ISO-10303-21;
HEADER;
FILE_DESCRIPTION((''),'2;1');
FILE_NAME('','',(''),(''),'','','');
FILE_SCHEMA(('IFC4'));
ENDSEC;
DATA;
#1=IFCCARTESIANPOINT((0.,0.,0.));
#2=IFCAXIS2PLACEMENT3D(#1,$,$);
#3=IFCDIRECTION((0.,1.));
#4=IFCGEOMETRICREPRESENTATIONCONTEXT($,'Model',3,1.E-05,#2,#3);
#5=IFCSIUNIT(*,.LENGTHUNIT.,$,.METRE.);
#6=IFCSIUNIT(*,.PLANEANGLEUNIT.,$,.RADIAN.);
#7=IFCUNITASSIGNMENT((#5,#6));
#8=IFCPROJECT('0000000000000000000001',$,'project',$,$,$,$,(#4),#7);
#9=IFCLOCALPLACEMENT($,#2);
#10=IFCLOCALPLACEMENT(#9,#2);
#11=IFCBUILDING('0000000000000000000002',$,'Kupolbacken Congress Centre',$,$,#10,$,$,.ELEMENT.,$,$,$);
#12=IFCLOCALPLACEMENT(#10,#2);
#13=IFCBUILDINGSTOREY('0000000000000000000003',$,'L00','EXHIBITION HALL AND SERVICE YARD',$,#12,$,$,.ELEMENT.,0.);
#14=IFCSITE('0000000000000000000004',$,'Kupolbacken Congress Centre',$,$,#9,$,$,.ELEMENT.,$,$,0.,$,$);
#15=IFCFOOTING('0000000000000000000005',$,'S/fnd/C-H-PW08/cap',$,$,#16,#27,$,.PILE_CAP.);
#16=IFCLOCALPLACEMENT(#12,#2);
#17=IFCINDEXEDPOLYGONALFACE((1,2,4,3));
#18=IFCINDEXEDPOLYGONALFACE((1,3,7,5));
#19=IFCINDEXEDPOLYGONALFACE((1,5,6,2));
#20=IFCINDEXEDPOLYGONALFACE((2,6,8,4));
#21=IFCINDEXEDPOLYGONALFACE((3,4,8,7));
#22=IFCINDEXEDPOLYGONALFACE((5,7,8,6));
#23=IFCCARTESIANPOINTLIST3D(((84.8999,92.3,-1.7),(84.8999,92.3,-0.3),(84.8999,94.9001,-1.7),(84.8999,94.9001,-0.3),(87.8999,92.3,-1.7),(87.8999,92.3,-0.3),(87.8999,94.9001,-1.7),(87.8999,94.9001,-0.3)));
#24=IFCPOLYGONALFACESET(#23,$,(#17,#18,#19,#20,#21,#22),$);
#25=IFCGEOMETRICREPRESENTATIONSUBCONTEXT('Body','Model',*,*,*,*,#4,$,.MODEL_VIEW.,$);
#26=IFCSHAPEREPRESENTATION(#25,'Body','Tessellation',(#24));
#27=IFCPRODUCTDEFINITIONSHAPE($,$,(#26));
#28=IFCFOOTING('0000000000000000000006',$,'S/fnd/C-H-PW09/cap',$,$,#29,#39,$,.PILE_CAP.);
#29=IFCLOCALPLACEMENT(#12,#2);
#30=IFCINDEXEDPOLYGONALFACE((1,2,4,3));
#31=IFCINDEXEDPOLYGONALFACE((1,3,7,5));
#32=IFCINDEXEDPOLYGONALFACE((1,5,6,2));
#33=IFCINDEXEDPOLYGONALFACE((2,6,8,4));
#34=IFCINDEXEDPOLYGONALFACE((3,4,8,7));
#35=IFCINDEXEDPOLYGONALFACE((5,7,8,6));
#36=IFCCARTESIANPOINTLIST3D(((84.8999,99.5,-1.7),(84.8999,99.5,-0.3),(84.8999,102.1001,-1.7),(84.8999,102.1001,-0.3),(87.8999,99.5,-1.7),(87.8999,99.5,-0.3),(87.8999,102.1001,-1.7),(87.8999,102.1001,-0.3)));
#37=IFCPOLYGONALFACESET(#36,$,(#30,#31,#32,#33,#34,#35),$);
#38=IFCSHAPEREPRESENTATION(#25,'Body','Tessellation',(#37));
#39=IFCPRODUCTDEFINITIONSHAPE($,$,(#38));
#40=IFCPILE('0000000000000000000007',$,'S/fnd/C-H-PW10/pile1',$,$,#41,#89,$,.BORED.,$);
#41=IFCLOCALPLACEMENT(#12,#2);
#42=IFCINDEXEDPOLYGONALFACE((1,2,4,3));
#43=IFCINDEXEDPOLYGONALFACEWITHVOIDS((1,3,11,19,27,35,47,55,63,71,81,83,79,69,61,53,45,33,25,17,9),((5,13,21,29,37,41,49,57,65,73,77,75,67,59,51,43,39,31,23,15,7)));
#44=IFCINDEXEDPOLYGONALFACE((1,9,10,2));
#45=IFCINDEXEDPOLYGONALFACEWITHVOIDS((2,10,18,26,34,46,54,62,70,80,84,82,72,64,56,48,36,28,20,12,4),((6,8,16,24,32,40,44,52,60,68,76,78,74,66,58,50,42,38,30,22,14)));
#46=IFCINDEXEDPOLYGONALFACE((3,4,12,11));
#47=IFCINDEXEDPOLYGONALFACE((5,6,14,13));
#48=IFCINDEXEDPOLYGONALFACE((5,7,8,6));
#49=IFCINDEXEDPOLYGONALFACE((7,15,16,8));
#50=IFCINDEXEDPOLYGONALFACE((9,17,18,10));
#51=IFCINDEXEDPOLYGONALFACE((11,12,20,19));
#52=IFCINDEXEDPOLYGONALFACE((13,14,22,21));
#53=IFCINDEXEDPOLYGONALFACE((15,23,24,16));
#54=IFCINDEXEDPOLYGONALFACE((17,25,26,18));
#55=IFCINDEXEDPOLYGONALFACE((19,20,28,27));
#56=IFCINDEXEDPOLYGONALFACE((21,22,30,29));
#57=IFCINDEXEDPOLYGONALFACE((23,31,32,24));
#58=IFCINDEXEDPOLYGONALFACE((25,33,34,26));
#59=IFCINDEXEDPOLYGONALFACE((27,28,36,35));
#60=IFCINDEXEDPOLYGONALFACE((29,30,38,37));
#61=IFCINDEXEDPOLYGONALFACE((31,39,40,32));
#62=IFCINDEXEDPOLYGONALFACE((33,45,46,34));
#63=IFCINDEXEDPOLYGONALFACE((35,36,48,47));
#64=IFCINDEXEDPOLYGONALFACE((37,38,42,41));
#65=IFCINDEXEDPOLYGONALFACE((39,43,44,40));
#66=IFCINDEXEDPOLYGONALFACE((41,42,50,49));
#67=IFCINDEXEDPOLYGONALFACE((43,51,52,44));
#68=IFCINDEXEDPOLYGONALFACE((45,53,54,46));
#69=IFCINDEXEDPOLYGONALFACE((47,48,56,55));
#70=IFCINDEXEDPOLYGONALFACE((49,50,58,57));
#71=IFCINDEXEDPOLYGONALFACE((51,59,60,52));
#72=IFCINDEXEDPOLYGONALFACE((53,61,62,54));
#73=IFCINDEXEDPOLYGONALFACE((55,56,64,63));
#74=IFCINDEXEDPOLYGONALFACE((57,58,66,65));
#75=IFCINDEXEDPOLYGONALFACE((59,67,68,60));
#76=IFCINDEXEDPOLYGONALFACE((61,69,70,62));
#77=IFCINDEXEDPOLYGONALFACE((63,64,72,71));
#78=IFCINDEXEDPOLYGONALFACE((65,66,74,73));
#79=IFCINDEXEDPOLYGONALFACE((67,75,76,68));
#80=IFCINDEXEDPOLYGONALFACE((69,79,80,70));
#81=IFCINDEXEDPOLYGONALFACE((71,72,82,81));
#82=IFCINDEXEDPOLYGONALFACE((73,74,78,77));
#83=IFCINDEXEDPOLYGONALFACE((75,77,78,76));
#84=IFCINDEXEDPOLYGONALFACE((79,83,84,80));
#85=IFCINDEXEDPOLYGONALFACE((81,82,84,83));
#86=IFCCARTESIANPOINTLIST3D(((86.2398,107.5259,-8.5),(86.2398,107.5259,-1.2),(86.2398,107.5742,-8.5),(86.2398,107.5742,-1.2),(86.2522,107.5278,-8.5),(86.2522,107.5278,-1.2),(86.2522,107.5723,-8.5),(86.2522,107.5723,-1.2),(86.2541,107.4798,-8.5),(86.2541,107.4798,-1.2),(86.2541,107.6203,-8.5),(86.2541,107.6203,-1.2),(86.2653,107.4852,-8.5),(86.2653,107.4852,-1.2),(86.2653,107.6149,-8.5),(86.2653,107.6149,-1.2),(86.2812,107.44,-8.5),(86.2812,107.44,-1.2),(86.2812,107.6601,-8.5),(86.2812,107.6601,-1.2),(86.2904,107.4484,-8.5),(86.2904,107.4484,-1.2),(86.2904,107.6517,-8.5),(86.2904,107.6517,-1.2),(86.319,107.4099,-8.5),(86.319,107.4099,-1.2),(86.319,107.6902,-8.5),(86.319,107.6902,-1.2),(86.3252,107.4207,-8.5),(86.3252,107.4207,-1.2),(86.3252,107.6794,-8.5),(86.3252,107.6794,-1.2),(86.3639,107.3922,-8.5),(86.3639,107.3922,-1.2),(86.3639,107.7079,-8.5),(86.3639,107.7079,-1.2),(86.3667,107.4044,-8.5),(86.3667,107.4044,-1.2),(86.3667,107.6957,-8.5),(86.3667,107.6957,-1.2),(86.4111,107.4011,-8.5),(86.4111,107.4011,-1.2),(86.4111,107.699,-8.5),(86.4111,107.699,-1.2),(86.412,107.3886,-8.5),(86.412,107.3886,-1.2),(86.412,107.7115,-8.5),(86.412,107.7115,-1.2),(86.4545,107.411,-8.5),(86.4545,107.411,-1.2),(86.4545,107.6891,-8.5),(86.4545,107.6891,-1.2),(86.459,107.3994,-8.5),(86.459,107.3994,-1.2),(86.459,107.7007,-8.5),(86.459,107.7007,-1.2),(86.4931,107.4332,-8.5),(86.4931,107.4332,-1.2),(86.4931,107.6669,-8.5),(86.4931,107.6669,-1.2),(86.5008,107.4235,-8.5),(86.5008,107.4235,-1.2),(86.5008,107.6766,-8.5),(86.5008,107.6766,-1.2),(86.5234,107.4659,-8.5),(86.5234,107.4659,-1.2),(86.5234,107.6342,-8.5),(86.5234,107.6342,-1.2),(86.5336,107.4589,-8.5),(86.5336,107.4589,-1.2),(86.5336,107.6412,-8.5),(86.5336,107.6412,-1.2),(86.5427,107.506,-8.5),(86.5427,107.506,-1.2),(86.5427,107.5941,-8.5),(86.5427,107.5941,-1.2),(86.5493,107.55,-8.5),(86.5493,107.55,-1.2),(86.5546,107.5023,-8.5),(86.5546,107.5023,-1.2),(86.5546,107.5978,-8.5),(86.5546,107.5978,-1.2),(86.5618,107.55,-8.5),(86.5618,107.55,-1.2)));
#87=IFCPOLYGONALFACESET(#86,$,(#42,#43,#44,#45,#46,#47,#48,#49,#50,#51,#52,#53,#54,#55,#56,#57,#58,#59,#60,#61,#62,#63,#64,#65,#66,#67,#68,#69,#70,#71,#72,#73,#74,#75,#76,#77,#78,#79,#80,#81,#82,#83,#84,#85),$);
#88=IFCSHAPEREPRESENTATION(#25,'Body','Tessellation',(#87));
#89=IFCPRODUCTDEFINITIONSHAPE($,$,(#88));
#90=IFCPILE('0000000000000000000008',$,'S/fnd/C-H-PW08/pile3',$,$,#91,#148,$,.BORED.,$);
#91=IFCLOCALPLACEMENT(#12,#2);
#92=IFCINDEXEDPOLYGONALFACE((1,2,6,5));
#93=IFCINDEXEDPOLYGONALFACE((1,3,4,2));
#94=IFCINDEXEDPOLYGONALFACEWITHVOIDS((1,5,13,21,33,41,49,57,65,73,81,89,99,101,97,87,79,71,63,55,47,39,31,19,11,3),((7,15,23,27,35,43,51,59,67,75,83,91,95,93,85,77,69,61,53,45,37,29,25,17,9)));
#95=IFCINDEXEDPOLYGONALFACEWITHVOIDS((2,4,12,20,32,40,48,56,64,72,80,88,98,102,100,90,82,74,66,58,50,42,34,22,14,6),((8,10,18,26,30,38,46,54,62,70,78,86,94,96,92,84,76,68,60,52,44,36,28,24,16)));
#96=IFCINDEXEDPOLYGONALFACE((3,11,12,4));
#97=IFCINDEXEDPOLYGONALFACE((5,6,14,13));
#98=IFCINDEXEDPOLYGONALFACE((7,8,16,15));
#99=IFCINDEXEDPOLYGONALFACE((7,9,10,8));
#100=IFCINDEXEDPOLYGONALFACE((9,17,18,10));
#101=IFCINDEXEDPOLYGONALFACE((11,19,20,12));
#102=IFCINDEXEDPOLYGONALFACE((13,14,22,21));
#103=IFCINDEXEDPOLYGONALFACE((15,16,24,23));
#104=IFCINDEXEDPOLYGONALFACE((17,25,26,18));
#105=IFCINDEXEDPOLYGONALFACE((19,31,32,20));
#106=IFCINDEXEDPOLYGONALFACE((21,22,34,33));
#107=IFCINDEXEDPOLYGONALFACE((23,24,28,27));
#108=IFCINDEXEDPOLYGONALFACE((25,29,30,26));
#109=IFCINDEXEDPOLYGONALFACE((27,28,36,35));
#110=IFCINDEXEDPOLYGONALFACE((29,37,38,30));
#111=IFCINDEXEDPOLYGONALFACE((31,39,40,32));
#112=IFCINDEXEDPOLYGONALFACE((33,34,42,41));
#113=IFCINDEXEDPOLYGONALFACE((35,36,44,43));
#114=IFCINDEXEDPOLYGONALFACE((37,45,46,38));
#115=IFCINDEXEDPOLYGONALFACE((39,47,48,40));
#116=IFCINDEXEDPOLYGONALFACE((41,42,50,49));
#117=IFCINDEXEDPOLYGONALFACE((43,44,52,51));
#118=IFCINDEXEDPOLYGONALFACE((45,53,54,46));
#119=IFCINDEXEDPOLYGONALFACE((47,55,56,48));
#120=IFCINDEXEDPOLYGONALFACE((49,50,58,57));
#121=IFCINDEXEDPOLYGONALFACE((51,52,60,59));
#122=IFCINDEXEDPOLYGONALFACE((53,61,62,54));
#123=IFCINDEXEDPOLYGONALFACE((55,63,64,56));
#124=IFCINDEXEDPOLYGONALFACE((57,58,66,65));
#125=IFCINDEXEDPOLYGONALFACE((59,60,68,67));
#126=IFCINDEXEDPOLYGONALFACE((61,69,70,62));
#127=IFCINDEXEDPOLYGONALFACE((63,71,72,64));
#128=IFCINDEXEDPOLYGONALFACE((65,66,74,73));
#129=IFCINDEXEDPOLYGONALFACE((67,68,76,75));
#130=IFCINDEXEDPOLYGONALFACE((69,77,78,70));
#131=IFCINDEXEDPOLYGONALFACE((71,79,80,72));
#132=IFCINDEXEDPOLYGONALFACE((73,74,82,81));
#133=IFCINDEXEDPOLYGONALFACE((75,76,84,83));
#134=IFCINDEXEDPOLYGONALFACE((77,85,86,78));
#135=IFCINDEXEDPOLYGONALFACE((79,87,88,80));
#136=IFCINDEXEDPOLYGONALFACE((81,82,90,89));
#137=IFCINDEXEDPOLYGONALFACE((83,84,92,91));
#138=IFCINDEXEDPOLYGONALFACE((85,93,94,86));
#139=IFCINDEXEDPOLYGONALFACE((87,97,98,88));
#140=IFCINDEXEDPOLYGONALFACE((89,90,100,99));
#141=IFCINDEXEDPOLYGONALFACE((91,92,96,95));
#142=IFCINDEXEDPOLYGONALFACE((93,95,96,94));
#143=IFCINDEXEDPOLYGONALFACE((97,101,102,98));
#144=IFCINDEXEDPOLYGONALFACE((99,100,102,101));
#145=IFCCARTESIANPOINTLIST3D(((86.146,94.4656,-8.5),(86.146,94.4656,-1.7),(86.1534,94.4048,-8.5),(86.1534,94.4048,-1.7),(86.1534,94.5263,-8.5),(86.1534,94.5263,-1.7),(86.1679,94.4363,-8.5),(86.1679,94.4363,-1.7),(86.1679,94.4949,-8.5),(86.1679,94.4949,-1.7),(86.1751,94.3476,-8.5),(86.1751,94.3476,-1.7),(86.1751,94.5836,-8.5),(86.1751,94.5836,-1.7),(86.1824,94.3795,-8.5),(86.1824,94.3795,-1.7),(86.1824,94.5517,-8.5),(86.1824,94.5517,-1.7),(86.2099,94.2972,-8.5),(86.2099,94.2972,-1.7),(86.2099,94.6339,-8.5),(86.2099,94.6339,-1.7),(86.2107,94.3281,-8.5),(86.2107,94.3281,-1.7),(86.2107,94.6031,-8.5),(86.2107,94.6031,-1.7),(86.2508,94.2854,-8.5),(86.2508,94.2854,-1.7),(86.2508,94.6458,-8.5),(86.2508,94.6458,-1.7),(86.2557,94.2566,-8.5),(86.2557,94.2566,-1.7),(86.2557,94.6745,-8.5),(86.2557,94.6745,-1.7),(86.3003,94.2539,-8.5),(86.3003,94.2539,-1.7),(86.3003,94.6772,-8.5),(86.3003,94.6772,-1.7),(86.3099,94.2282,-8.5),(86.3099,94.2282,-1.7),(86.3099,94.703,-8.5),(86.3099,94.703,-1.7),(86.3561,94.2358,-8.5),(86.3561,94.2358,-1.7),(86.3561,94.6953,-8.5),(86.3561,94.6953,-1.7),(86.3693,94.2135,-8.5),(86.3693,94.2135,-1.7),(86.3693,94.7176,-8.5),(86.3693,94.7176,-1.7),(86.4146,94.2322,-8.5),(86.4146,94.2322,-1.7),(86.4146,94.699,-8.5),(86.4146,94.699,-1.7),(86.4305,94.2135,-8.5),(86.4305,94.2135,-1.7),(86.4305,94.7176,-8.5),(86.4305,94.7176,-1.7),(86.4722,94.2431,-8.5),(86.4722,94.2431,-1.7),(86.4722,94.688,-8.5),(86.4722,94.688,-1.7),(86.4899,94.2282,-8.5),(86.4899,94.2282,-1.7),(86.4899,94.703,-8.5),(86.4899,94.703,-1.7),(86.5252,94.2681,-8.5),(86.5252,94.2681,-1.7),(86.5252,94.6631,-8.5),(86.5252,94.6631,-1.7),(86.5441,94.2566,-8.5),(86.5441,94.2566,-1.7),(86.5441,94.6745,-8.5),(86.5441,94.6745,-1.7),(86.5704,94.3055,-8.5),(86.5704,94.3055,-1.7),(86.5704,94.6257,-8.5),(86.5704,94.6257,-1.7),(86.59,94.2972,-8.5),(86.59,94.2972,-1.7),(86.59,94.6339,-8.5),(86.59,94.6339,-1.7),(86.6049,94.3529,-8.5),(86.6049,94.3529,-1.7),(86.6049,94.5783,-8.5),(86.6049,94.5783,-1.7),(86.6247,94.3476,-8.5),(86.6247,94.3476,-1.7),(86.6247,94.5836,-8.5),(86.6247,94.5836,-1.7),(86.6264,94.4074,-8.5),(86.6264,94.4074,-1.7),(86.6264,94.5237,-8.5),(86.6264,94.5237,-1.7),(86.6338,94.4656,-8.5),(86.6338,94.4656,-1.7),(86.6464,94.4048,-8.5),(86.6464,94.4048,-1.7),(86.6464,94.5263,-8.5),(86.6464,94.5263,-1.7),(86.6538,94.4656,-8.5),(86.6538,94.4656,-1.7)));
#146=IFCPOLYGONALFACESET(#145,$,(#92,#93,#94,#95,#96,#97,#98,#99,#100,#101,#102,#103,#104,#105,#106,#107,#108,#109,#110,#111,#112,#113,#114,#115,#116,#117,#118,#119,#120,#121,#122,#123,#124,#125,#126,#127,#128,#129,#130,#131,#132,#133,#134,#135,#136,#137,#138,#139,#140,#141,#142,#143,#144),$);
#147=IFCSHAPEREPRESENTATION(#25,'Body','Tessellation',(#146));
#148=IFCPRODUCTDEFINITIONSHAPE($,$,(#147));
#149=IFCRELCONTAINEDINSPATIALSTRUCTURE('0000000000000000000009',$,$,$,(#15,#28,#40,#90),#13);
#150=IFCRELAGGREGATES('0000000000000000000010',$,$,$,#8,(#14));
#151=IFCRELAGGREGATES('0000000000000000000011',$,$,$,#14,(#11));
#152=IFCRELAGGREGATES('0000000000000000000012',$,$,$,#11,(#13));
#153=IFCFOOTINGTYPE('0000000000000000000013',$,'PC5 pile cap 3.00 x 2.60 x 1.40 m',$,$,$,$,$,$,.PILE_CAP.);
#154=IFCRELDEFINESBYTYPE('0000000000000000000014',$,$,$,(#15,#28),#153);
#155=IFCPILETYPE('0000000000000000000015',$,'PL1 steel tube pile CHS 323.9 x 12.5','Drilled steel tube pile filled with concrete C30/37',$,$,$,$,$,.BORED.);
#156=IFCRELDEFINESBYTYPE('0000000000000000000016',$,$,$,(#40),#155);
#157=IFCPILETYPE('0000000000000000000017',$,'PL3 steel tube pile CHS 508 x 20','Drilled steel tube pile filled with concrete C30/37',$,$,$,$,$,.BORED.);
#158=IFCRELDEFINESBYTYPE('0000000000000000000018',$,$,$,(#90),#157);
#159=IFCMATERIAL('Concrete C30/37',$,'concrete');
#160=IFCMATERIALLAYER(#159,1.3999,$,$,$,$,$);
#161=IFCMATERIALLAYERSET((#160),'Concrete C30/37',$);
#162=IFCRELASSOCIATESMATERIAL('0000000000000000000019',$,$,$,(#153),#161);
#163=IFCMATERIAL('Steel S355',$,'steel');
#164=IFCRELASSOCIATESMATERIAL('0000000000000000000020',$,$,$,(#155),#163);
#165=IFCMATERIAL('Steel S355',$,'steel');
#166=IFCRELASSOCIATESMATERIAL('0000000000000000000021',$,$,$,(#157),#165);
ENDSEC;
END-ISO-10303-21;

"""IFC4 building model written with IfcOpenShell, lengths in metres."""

from ifc_helpers import new_model, si_unit, direction, frame, origin, origin_2d, place, context, subcontext, project, spatial, rectangle, hollow_circle, extrude, material, layer, layer_set, material_profile, profile_set, type_object, element, save


model = new_model("IFC4")

# Units and contexts
model_context = context("Model", 3, precision=1e-05, world=origin(), true_north=direction((0.0, 1.0)))
body_context = subcontext(model_context, "Body", "Model", "MODEL_VIEW")
ifc_project = project(units=[si_unit("LENGTHUNIT", "METRE"), si_unit("PLANEANGLEUNIT", "RADIAN")], contexts=[model_context])

# Site, building, storey
site_placement = place(None, origin())
site = spatial("IfcSite", under=ifc_project, at=site_placement, Name="Kupolbacken Congress Centre", CompositionType="ELEMENT", RefElevation=0.0)
building_placement = place(site_placement, origin())
building = spatial("IfcBuilding", under=site, at=building_placement, Name="Kupolbacken Congress Centre", CompositionType="ELEMENT")
storey_placement = place(building_placement, origin())
storey = spatial("IfcBuildingStorey", under=building, at=storey_placement, Name="L00", Description="EXHIBITION HALL AND SERVICE YARD", CompositionType="ELEMENT", Elevation=0.0)

# Footings
ifc_material_1 = material(Name="Concrete C30/37", Category="concrete")
ifc_layer_1 = layer(ifc_material_1, 1.3999)
ifc_layer_set_1 = layer_set([ifc_layer_1], Name="Concrete C30/37")
footing_type_1 = type_object("IfcFootingType", Name="PC5 pile cap 3.00 x 2.60 x 1.40 m", PredefinedType="PILE_CAP", material=ifc_layer_set_1)
for number, where, z_axis, x_axis, name in (
    (1, (86.3999, 93.6001, -1.7), (0.0, 0.0, 1.0), (1.0, 0.0, 0.0), "S/fnd/C-H-PW08/cap"),
    (2, (86.3999, 100.8, -1.7), (0.0, 0.0, 1.0), (1.0, 0.0, 0.0), "S/fnd/C-H-PW09/cap"),
):
    element("IfcFooting", number, at=place(storey_placement, frame(where, z_axis=z_axis, x_axis=x_axis)), inside=storey, type_object=footing_type_1, Name=name, PredefinedType="PILE_CAP", context=body_context, shape_type="SweptSolid", body=[
        extrude(rectangle(XDim=3.0, YDim=2.6001, at=origin_2d()), origin(), (0.0, 0.0, 1.0), 1.3999),
    ])

# Piles
ifc_material_2 = material(Name="Steel S355", Category="steel")
ifc_material_profile_1 = material_profile(ifc_material_2, hollow_circle(Radius=0.1619, WallThickness=0.0125, at=origin_2d()), Name="CHS 323.9 x 12.5")
ifc_profile_set_1 = profile_set([ifc_material_profile_1], Name="Steel S355")
pile_type_1 = type_object("IfcPileType", Name="PL1 steel tube pile CHS 323.9 x 12.5", Description="Drilled steel tube pile filled with concrete C30/37", PredefinedType="BORED", material=ifc_profile_set_1)
pile_placement = place(storey_placement, frame((86.3999, 107.55, -1.2), z_axis=(0.0, 0.0, -1.0), x_axis=(1.0, 0.0, 0.0)))
element("IfcPile", 3, at=pile_placement, inside=storey, type_object=pile_type_1, Name="S/fnd/C-H-PW10/pile1", PredefinedType="BORED", context=body_context, shape_type="SweptSolid", body=[
    extrude(hollow_circle(Radius=0.1619, WallThickness=0.0125, at=origin_2d()), origin(), (0.0, 0.0, 1.0), 7.3),
])
ifc_material_3 = material(Name="Steel S355", Category="steel")
ifc_material_profile_2 = material_profile(ifc_material_3, hollow_circle(Radius=0.2539, WallThickness=0.02, at=origin_2d()), Name="CHS 508 x 20")
ifc_profile_set_2 = profile_set([ifc_material_profile_2], Name="Steel S355")
pile_type_2 = type_object("IfcPileType", Name="PL3 steel tube pile CHS 508 x 20", Description="Drilled steel tube pile filled with concrete C30/37", PredefinedType="BORED", material=ifc_profile_set_2)
for number, where, z_axis, x_axis, name in (
    (4, (86.3999, 94.4656, -1.7), (0.0, 0.0, -1.0), (1.0, 0.0, 0.0), "S/fnd/C-H-PW08/pile3"),
):
    element("IfcPile", number, at=place(storey_placement, frame(where, z_axis=z_axis, x_axis=x_axis)), inside=storey, type_object=pile_type_2, Name=name, PredefinedType="BORED", context=body_context, shape_type="SweptSolid", body=[
        extrude(hollow_circle(Radius=0.2539, WallThickness=0.02, at=origin_2d()), origin(), (0.0, 0.0, 1.0), 6.8),
    ])

save(model, "model.ifc")
